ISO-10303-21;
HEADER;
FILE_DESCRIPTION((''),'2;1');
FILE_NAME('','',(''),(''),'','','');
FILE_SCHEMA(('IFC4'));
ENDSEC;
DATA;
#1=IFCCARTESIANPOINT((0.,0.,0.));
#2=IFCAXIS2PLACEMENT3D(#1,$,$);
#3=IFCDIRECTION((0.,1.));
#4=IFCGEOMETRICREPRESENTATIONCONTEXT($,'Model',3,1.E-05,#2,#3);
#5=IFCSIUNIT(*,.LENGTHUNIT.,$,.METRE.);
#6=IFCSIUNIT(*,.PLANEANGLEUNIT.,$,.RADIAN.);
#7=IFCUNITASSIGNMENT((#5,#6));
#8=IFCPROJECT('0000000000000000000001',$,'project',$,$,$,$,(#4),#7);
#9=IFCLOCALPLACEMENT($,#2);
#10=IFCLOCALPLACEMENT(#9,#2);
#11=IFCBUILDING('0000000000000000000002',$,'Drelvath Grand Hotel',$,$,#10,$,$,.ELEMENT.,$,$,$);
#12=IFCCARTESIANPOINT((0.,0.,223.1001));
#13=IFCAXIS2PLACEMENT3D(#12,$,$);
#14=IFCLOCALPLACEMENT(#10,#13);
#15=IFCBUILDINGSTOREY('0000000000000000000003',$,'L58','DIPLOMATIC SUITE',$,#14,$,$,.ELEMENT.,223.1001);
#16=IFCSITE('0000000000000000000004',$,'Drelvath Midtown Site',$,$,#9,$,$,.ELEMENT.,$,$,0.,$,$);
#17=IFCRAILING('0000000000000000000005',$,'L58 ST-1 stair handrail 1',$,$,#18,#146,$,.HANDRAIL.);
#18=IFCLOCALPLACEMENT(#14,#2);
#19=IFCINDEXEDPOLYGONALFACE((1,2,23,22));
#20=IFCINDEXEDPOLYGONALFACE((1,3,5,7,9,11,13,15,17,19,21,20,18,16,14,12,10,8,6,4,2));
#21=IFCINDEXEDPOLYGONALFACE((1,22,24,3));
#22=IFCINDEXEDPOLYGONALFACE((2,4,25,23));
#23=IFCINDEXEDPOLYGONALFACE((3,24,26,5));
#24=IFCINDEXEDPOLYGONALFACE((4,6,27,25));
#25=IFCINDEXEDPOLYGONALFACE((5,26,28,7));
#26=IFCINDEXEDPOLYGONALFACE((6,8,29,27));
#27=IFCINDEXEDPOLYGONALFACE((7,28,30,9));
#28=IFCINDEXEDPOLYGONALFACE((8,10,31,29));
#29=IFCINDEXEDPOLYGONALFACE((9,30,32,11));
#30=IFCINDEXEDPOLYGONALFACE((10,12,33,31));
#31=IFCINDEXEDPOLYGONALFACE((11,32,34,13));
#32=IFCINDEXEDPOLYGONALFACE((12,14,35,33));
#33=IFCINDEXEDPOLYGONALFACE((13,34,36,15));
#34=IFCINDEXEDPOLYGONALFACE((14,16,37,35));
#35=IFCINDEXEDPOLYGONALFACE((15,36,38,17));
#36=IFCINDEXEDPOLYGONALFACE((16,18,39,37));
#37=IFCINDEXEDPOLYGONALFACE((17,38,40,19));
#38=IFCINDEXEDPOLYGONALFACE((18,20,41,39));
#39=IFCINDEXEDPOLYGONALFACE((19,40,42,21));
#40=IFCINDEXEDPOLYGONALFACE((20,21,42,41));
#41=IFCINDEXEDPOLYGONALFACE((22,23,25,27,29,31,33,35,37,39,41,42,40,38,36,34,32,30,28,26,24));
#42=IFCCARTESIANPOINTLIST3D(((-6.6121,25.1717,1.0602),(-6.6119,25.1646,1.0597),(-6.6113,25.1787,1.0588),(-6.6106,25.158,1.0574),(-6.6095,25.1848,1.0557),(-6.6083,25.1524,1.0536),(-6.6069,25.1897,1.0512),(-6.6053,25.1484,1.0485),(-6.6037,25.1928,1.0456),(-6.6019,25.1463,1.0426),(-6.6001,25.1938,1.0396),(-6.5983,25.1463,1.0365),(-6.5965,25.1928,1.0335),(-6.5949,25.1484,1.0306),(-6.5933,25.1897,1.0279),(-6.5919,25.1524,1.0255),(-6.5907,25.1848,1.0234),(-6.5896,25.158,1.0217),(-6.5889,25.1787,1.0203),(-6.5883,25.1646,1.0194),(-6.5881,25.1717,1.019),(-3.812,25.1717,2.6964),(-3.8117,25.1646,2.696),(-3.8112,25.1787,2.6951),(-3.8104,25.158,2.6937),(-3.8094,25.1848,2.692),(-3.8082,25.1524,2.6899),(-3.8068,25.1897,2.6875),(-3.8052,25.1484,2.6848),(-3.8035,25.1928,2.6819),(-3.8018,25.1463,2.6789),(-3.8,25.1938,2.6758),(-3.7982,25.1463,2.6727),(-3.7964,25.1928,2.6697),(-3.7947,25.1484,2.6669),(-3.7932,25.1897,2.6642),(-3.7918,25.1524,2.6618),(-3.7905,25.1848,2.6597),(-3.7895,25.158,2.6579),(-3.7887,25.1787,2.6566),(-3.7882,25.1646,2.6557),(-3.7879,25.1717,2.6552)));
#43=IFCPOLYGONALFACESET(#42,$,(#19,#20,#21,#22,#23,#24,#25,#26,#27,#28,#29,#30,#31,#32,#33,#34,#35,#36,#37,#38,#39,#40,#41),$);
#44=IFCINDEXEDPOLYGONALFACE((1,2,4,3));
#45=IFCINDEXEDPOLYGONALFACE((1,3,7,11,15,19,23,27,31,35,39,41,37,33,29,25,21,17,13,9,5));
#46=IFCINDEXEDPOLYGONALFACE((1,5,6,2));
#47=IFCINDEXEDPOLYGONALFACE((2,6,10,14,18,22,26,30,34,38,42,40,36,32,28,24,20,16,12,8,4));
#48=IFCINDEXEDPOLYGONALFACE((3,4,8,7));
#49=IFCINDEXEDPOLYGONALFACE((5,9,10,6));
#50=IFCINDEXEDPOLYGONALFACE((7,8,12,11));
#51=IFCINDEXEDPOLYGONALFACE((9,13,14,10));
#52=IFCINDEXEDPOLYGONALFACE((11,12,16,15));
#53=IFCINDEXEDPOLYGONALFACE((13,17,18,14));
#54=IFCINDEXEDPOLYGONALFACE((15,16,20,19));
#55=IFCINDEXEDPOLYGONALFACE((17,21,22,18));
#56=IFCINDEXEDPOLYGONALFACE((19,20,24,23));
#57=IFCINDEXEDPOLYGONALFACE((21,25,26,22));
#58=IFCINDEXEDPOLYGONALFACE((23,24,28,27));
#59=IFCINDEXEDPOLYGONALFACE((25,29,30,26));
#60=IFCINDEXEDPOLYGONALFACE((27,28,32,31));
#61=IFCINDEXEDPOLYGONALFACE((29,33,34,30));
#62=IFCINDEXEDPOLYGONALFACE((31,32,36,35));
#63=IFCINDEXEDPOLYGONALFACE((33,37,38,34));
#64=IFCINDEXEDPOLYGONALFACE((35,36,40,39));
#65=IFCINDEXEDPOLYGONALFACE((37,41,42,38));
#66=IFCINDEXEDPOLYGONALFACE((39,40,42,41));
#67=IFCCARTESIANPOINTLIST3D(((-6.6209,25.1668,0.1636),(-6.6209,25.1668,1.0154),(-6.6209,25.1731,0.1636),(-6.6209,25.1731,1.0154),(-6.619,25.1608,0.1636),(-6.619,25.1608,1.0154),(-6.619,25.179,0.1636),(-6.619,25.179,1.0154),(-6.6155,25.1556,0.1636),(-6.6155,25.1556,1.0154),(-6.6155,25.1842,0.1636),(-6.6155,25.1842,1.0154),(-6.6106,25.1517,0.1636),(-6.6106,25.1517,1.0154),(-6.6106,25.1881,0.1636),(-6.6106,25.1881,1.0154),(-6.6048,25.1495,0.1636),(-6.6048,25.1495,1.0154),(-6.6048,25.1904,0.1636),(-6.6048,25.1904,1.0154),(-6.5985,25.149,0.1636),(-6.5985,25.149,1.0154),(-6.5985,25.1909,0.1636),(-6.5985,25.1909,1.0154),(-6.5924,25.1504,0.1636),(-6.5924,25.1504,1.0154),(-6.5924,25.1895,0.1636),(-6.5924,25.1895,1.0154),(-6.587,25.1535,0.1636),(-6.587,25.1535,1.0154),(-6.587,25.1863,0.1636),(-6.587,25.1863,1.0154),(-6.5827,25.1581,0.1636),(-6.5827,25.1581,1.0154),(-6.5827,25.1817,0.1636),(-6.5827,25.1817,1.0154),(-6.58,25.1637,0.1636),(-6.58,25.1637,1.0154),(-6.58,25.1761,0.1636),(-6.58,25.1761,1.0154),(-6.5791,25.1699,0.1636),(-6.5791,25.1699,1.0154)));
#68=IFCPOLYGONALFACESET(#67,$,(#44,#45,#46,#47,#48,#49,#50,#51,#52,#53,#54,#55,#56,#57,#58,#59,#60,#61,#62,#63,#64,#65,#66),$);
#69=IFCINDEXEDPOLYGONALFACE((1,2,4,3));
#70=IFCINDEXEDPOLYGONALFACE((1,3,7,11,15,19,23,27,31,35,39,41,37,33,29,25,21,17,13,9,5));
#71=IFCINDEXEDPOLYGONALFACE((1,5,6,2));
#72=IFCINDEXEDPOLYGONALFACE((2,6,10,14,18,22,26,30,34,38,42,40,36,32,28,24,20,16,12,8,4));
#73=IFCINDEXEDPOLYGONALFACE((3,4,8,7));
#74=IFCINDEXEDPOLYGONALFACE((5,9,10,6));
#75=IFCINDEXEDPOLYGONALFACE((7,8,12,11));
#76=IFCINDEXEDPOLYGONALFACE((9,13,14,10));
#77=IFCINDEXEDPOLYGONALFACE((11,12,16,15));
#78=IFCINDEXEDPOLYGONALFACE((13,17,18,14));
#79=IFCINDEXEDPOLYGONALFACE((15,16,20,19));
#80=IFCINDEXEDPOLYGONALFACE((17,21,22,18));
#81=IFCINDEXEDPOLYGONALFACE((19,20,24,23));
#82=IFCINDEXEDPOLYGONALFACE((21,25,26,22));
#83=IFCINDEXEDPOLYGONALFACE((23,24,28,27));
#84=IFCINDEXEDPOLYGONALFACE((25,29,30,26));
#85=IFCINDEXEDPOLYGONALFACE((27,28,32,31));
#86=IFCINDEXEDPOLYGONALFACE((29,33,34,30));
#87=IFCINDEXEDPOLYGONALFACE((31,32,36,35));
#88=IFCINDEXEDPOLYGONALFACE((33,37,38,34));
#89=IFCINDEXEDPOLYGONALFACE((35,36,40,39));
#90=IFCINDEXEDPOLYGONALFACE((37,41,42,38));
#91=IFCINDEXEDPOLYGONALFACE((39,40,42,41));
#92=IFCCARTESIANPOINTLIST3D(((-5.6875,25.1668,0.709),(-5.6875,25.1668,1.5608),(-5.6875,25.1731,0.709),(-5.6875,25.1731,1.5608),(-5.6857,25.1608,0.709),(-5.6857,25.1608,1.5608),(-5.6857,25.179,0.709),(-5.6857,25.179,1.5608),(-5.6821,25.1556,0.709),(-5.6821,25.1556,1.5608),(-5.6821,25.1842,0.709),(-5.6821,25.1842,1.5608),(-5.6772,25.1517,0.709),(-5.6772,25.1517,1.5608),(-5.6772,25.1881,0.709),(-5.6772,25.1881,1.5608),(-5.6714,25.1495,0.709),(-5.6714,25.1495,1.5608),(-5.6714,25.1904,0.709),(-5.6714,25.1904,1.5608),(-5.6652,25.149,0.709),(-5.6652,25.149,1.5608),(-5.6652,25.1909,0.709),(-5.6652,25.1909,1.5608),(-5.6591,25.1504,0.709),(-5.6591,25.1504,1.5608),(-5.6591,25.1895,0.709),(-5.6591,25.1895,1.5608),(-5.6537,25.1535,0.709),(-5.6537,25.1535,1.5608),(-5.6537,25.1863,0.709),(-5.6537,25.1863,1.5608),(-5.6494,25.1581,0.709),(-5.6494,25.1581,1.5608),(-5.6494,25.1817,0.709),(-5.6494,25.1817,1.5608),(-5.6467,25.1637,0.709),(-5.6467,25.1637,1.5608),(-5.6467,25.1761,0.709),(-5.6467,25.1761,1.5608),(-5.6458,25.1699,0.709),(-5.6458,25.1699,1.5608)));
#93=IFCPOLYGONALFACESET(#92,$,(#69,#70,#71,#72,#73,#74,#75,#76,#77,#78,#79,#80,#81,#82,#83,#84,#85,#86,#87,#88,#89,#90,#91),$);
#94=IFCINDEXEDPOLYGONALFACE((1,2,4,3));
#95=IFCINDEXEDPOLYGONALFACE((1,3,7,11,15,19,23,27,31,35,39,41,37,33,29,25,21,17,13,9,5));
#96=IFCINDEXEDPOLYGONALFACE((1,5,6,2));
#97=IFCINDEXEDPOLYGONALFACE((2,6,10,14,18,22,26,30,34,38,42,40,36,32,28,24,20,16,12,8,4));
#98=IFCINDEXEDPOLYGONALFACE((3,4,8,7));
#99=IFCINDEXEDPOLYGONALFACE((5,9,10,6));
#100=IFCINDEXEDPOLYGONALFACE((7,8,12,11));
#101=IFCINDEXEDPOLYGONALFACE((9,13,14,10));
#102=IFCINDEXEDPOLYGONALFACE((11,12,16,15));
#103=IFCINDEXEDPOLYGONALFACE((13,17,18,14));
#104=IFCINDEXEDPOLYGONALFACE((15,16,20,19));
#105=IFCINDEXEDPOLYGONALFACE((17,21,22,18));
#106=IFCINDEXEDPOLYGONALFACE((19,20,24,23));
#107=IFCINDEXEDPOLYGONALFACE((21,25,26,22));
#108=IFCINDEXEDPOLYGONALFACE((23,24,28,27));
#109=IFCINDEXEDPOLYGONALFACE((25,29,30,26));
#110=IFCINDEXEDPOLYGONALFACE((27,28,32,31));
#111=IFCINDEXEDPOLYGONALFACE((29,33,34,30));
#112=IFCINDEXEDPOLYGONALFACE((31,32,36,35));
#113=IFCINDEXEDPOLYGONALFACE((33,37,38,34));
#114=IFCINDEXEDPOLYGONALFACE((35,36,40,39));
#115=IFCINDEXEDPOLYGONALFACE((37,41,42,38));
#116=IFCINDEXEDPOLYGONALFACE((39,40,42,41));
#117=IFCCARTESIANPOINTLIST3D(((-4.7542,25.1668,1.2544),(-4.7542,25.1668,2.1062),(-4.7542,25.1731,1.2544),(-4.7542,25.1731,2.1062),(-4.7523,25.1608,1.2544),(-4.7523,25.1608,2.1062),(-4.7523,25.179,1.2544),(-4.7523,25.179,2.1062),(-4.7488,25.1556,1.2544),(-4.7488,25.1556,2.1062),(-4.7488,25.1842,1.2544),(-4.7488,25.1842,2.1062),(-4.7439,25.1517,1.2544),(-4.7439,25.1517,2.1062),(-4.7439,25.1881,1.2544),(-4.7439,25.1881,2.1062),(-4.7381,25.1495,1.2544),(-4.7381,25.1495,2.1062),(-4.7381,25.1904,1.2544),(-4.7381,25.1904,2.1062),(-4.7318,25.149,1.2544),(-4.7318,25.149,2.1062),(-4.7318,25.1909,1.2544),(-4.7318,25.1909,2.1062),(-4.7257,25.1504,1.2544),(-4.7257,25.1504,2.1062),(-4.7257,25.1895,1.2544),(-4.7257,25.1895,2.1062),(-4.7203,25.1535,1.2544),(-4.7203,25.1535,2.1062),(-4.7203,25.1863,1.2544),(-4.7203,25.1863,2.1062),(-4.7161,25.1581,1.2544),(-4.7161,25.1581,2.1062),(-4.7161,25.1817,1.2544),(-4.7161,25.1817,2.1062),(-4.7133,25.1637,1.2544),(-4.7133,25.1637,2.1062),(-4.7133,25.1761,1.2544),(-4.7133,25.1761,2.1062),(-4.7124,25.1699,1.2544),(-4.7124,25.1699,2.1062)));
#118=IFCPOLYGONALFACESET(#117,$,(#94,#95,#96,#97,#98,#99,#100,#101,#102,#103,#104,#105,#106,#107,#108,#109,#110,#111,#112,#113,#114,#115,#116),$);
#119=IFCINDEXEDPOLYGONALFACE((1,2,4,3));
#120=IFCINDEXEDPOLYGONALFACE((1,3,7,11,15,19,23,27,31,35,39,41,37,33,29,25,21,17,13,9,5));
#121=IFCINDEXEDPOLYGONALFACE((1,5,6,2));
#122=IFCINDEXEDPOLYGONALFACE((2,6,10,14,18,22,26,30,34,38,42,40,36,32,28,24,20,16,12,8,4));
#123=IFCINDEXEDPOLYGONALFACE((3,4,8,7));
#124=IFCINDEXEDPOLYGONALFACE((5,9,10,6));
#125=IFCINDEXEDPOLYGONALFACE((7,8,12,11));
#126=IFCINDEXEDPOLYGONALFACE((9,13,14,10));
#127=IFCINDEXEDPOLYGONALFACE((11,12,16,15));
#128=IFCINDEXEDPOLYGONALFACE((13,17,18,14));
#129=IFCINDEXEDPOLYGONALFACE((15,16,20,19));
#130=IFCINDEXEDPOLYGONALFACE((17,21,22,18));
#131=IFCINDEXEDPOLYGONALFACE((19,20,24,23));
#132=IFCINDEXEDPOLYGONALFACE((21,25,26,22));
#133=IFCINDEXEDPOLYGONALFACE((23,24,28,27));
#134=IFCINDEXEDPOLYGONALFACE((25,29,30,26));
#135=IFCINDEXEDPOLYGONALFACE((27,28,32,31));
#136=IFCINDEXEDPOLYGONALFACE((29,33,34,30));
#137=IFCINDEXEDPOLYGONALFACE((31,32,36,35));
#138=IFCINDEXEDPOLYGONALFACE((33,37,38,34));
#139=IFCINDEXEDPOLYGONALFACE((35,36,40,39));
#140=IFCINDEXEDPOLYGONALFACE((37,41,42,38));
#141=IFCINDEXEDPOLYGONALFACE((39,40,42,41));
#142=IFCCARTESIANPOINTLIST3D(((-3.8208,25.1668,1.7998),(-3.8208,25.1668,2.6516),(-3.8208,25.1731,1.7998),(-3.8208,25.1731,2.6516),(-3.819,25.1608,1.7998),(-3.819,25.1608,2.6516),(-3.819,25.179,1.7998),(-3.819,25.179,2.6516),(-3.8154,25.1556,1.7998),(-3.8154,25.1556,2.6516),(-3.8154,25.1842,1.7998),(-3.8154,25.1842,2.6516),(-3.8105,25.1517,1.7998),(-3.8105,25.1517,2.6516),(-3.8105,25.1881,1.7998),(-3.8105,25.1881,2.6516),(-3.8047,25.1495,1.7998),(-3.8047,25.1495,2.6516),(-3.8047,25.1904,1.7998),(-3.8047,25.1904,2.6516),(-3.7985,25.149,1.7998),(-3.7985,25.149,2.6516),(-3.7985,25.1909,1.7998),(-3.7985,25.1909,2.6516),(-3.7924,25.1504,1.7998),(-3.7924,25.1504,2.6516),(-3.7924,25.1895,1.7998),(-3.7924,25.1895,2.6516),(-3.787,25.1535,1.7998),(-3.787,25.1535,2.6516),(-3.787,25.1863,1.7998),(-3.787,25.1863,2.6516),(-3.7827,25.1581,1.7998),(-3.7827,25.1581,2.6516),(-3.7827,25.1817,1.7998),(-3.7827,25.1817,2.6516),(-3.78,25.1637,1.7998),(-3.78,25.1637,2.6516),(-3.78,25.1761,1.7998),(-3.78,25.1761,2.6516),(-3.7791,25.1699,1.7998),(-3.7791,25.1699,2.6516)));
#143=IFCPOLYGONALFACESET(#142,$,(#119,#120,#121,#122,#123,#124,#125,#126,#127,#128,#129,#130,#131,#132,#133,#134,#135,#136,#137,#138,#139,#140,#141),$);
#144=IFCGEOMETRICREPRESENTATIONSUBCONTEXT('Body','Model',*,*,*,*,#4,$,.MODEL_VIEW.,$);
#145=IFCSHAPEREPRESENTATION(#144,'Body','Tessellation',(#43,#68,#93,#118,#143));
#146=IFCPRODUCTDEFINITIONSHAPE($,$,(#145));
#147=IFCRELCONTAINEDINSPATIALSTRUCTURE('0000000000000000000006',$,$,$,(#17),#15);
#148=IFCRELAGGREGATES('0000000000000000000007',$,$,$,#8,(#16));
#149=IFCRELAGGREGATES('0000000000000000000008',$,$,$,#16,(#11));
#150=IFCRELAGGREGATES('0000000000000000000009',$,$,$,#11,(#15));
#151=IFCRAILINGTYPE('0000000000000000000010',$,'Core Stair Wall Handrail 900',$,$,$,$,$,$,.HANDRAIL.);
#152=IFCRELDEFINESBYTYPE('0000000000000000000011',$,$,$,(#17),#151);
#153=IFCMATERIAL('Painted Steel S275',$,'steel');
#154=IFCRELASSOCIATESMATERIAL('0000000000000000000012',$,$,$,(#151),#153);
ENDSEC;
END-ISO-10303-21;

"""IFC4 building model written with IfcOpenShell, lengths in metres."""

from ifc_helpers import new_model, si_unit, direction, frame, origin, origin_2d, place, context, subcontext, project, spatial, circle, extrude, material, type_object, element, save


model = new_model("IFC4")

# Units and contexts
model_context = context("Model", 3, precision=1e-05, world=origin(), true_north=direction((0.0, 1.0)))
body_context = subcontext(model_context, "Body", "Model", "MODEL_VIEW")
ifc_project = project(units=[si_unit("LENGTHUNIT", "METRE"), si_unit("PLANEANGLEUNIT", "RADIAN")], contexts=[model_context])

# Site, building, storey
site_placement = place(None, origin())
site = spatial("IfcSite", under=ifc_project, at=site_placement, Name="Drelvath Midtown Site", CompositionType="ELEMENT", RefElevation=0.0)
building_placement = place(site_placement, origin())
building = spatial("IfcBuilding", under=site, at=building_placement, Name="Drelvath Grand Hotel", CompositionType="ELEMENT")
storey_placement = place(building_placement, frame((0.0, 0.0, 223.1001)))
storey = spatial("IfcBuildingStorey", under=building, at=storey_placement, Name="L58", Description="DIPLOMATIC SUITE", CompositionType="ELEMENT", Elevation=223.1001)

# Shared definitions
ifc_material_1 = material(Name="Painted Steel S275", Category="steel")

# Railing
railing_type_1 = type_object("IfcRailingType", Name="Core Stair Wall Handrail 900", PredefinedType="HANDRAIL", material=ifc_material_1)
railing_1_placement = place(storey_placement, frame((-6.6001, 25.1699, 0.1636)))
element("IfcRailing", 1, at=railing_1_placement, inside=storey, type_object=railing_type_1, Name="L58 ST-1 stair handrail 1", PredefinedType="HANDRAIL", context=body_context, shape_type="SweptSolid", body=[
    extrude(circle(Radius=0.0239, at=origin_2d()), frame((0.0, 0.0, 0.876), z_axis=(0.863394, 0.0, 0.504531), x_axis=(0.0, 1.0, 0.0)), (0.0, 0.0, 1.0), 3.2432),
    extrude(circle(Radius=0.021, at=origin_2d()), origin(), (0.0, 0.0, 1.0), 0.8518),
    extrude(circle(Radius=0.021, at=origin_2d()), frame((0.9333, 0.0, 0.5454)), (0.0, 0.0, 1.0), 0.8518),
    extrude(circle(Radius=0.021, at=origin_2d()), frame((1.8667, 0.0, 1.0908)), (0.0, 0.0, 1.0), 0.8518),
    extrude(circle(Radius=0.021, at=origin_2d()), frame((2.8, 0.0, 1.6362)), (0.0, 0.0, 1.0), 0.8518),
])

save(model, "model.ifc")
